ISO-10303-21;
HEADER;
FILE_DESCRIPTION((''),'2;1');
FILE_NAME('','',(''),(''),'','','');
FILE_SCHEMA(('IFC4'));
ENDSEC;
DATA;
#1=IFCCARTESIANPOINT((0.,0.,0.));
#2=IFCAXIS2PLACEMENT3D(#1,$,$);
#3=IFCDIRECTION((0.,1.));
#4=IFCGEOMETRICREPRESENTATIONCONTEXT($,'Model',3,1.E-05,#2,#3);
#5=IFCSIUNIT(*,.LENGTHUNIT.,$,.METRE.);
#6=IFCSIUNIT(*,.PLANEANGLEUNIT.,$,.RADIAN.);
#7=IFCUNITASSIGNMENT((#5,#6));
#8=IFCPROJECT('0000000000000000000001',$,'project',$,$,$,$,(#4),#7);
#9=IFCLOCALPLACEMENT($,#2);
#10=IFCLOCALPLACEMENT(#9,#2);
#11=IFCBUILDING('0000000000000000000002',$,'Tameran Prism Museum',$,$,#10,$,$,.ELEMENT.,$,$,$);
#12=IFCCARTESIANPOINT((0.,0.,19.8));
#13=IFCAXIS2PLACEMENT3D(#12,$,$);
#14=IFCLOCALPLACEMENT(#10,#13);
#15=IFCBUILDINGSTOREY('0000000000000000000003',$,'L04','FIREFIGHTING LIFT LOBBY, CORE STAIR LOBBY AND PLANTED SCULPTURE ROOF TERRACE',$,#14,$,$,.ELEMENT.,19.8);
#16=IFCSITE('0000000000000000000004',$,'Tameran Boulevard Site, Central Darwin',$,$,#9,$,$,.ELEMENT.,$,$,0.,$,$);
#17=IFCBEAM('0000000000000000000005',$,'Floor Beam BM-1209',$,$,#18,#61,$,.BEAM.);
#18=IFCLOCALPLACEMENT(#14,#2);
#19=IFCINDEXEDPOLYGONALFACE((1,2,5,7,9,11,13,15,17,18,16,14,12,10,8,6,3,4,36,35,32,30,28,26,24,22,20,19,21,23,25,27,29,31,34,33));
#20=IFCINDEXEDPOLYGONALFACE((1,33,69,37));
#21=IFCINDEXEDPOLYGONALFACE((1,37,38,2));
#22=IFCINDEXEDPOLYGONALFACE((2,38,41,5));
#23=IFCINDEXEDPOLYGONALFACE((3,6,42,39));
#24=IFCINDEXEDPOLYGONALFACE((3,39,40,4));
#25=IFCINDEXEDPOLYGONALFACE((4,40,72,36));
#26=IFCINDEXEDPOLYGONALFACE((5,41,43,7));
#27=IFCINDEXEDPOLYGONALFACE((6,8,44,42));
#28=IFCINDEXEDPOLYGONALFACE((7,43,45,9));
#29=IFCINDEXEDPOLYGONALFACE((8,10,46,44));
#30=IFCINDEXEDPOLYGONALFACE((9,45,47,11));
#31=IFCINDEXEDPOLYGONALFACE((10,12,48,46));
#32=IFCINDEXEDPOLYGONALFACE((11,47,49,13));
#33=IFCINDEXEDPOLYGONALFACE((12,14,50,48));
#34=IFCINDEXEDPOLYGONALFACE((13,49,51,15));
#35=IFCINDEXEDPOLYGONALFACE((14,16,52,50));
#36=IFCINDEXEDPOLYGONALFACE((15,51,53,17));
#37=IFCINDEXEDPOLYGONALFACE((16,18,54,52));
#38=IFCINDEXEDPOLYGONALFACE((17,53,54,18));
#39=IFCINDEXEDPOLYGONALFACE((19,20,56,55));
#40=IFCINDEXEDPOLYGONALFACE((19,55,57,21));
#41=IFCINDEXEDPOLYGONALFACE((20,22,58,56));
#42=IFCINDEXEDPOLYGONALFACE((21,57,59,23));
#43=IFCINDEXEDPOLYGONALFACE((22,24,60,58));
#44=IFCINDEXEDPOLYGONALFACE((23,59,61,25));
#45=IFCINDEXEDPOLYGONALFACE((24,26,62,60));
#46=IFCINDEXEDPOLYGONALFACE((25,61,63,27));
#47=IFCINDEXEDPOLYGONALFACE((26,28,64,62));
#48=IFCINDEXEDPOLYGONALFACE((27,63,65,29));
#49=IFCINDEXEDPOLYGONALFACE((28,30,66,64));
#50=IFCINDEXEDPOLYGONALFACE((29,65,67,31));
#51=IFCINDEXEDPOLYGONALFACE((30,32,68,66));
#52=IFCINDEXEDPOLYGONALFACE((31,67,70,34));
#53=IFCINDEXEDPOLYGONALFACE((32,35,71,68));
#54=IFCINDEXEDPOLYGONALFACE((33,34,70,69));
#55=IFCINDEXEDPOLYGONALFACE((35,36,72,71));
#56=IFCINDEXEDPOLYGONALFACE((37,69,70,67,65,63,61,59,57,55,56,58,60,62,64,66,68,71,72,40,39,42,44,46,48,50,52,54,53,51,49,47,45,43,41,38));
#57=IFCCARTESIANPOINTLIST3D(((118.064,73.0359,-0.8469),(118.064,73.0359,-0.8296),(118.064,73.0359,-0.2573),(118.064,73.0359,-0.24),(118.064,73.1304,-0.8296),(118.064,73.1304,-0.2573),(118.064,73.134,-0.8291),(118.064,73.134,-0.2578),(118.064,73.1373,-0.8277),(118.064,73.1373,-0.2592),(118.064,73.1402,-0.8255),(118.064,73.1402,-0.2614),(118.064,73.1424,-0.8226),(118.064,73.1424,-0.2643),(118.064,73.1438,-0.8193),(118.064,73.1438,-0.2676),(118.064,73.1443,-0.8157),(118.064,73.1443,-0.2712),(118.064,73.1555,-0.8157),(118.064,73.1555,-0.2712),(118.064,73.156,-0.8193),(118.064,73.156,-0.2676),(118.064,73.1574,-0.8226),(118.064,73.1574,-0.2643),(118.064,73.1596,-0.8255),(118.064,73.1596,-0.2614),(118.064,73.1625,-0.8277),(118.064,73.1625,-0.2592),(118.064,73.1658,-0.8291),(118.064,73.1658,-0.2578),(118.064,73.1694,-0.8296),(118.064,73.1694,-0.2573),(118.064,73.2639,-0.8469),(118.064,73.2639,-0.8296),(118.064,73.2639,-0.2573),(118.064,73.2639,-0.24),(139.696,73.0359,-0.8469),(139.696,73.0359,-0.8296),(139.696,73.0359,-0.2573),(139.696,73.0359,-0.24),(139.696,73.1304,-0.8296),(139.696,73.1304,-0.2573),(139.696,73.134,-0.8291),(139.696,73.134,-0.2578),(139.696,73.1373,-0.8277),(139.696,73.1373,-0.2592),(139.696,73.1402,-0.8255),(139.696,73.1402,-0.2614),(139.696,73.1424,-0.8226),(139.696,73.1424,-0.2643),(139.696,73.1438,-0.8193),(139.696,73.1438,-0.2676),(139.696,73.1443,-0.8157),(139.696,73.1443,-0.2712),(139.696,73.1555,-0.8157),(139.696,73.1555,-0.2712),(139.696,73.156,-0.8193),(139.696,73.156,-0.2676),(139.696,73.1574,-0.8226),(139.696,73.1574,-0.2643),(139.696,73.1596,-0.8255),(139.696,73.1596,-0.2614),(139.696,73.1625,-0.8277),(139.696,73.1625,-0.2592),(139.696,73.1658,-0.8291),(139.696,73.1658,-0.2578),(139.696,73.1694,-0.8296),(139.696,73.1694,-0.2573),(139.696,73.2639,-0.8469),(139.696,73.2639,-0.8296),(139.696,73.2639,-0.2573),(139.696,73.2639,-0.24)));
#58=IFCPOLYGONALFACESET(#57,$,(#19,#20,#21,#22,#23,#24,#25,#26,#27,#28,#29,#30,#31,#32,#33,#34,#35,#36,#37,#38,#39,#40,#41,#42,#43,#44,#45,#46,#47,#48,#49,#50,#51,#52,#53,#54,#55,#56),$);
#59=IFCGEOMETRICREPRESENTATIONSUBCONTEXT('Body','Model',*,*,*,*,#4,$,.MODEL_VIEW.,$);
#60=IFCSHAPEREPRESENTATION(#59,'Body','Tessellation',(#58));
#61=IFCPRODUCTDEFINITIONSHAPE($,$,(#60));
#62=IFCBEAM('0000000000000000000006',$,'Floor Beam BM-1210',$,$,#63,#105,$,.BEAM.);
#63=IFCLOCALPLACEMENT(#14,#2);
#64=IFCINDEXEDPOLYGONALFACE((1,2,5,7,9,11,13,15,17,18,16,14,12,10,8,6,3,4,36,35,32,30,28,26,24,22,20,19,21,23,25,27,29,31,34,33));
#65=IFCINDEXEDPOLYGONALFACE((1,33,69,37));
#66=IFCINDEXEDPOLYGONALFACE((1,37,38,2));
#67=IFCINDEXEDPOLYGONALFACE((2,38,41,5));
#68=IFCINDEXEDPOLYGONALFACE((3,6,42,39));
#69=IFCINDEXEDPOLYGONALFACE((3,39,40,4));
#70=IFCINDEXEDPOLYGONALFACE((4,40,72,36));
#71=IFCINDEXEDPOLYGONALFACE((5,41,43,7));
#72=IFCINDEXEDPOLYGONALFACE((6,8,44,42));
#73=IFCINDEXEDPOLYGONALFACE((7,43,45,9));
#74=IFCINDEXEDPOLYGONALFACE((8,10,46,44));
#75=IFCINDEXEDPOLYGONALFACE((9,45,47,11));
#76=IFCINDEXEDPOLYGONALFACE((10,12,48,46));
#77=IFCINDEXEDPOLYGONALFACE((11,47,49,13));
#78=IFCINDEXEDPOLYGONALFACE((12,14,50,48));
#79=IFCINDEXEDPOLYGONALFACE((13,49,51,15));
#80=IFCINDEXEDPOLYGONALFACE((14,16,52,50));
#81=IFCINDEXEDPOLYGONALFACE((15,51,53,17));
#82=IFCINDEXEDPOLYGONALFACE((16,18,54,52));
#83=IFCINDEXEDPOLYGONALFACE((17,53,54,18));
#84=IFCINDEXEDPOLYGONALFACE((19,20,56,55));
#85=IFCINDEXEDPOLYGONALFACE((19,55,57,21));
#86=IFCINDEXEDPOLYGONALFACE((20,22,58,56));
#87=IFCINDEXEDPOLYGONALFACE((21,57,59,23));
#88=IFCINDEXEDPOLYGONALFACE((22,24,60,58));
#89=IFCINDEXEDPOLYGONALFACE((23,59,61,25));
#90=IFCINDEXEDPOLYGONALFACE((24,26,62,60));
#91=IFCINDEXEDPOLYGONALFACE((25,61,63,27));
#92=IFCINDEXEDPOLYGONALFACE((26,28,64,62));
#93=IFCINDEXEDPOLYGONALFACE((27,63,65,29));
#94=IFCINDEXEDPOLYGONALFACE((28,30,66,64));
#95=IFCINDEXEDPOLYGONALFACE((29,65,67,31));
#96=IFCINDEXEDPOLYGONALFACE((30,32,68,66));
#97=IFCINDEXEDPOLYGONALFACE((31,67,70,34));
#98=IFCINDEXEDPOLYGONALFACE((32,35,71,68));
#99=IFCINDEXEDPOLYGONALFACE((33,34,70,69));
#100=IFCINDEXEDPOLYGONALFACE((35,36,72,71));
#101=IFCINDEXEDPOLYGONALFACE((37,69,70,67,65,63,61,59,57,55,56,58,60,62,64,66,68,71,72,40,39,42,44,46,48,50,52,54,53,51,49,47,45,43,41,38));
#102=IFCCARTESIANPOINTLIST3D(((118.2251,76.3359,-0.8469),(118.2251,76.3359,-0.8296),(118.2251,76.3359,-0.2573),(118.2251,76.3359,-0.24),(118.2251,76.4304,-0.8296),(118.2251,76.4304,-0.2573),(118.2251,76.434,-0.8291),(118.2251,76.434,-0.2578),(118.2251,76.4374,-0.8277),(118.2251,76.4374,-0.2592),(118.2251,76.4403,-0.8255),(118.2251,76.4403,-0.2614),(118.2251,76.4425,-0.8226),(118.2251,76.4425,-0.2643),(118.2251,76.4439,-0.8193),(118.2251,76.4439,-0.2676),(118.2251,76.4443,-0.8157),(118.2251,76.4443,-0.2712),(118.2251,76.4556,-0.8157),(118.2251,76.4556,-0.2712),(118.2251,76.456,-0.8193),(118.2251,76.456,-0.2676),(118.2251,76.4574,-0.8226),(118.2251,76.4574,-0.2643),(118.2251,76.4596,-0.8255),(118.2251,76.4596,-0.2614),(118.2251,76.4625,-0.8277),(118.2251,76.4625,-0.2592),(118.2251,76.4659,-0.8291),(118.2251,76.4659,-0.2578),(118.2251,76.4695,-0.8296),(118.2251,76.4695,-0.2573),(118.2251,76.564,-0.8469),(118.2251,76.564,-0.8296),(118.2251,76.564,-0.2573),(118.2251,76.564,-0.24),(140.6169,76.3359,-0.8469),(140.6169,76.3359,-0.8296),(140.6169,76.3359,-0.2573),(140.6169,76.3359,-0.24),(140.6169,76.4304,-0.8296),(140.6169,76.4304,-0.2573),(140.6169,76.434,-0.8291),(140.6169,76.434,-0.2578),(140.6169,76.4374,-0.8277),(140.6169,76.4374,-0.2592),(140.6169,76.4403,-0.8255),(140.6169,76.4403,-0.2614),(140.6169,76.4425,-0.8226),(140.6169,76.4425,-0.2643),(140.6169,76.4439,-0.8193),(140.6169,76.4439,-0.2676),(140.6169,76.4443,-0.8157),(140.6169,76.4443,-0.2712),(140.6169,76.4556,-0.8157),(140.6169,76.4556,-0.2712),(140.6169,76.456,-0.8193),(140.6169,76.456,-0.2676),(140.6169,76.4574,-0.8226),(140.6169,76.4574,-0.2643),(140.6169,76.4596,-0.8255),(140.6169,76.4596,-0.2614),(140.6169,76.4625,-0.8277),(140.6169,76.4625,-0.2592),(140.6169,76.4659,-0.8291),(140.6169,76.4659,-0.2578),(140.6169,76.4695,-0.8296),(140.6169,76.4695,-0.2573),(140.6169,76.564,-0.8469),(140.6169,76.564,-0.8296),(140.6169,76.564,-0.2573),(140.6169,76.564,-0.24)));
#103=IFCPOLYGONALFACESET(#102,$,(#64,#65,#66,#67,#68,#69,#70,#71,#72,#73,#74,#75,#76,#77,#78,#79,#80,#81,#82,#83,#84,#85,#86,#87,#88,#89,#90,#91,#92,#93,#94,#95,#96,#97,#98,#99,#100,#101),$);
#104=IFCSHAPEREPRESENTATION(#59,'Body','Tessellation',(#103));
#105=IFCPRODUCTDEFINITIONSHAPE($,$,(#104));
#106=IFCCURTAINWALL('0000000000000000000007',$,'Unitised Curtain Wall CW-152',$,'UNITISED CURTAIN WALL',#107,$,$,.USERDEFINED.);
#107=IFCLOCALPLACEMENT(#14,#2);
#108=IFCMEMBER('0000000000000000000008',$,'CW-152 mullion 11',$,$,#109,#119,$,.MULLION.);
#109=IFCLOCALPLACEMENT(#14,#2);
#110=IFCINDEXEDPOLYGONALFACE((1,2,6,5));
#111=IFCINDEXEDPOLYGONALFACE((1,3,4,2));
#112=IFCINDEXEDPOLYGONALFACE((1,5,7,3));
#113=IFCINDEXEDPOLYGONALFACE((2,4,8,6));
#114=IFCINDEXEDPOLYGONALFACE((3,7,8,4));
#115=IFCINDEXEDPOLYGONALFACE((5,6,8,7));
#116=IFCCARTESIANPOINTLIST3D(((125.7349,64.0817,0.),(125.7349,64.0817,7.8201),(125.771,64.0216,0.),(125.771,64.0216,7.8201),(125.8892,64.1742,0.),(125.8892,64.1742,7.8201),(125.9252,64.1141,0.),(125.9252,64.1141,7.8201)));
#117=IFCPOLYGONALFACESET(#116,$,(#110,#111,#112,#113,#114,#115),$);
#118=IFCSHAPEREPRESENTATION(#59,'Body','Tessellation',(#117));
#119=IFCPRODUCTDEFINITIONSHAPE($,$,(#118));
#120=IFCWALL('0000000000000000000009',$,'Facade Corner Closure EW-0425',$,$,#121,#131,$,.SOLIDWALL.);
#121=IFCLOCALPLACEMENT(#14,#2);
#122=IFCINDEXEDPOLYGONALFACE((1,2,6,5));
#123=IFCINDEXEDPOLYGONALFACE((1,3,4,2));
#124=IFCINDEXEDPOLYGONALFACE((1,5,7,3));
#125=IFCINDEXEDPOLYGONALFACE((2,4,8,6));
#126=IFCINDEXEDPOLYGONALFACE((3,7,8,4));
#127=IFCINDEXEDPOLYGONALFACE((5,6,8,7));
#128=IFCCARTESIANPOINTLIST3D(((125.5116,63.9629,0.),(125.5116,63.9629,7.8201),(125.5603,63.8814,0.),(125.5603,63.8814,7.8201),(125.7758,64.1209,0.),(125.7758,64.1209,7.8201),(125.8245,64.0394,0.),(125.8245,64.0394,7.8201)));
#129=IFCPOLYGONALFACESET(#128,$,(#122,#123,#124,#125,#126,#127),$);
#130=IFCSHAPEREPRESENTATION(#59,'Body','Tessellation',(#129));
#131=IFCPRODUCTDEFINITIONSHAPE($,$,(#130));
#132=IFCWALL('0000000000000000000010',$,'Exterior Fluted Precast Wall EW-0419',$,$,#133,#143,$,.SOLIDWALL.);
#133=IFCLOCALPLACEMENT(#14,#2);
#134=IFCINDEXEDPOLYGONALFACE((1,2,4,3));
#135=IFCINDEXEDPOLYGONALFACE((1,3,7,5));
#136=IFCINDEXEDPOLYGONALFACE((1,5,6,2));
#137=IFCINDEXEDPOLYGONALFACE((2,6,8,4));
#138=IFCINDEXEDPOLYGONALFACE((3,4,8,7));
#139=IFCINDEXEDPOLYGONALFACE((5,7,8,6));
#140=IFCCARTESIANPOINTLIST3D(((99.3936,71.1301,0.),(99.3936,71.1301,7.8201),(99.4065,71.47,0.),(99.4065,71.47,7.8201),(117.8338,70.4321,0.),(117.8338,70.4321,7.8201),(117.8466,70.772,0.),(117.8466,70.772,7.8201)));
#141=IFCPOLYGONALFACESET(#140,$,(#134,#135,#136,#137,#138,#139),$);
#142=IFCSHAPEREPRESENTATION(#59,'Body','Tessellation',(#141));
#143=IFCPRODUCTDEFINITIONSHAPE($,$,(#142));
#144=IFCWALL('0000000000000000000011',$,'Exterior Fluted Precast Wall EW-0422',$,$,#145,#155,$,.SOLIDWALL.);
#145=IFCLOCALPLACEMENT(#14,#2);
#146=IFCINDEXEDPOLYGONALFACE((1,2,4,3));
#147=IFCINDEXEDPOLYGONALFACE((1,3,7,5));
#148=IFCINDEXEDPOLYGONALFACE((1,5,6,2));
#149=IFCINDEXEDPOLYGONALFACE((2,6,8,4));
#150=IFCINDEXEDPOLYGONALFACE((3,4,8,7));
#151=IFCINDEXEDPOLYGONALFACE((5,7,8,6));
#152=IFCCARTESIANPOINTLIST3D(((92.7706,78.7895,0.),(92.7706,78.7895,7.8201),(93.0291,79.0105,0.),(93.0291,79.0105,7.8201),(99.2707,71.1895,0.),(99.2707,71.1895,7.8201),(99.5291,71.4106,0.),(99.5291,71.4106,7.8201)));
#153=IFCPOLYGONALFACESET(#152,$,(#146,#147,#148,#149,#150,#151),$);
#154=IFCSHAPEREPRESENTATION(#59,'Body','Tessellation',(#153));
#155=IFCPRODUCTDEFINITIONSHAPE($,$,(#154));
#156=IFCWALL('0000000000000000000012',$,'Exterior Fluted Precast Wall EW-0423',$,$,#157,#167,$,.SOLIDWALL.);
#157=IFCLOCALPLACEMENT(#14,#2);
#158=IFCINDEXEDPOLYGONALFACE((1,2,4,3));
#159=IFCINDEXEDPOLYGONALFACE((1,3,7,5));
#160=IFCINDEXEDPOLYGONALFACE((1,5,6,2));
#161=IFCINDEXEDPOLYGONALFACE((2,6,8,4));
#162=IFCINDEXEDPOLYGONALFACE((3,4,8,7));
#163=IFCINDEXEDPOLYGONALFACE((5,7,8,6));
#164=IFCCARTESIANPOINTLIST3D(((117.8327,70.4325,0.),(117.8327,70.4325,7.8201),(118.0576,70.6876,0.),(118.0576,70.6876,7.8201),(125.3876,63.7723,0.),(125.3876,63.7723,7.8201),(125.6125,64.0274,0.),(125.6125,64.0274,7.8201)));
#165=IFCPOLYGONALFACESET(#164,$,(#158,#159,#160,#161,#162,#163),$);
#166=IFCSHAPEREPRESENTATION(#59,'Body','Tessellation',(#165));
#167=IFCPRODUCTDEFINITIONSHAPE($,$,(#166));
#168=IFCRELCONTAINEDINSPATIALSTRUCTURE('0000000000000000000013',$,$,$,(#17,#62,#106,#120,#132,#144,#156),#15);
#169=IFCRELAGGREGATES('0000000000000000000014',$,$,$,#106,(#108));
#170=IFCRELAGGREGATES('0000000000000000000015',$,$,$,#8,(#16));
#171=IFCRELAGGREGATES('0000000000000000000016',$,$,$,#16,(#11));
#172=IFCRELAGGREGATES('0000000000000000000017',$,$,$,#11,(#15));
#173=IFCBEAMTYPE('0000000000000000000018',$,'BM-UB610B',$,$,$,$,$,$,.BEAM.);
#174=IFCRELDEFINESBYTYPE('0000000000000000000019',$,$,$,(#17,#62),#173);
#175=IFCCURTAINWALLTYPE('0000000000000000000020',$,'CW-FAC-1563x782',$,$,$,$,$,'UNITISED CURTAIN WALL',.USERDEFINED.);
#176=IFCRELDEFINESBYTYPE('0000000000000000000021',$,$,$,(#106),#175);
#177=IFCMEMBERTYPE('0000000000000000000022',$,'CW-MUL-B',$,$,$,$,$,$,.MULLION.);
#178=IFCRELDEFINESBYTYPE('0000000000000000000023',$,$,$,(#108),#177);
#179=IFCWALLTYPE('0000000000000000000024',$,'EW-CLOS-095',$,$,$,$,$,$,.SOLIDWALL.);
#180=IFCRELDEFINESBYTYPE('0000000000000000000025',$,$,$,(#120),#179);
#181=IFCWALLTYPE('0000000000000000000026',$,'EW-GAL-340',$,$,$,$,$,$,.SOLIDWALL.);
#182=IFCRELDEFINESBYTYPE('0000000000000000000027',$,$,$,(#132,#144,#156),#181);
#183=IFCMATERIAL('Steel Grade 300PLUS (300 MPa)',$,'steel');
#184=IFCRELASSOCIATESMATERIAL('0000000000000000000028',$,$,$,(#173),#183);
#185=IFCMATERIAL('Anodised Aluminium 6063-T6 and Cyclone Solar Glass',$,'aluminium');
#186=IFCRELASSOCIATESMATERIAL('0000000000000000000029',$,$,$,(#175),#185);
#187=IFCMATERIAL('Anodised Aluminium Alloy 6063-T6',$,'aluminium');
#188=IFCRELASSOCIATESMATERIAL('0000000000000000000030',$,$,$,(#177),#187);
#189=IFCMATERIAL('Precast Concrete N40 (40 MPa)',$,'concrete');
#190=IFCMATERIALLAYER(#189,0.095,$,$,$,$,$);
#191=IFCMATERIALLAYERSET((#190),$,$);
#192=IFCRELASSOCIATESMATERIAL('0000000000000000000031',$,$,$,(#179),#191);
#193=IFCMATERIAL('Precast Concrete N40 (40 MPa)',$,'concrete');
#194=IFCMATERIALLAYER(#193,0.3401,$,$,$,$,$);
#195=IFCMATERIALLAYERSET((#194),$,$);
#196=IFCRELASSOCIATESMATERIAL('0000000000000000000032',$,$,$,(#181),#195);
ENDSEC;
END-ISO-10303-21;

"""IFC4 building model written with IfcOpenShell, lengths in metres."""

from ifc_helpers import new_model, si_unit, direction, frame, frame_2d, origin, origin_2d, place, context, subcontext, project, spatial, rectangle, i_section, extrude, material, layer, layer_set, material_profile, profile_set, type_object, element, aggregate, save


model = new_model("IFC4")

# Units and contexts
model_context = context("Model", 3, precision=1e-05, world=origin(), true_north=direction((0.0, 1.0)))
body_context = subcontext(model_context, "Body", "Model", "MODEL_VIEW")
ifc_project = project(units=[si_unit("LENGTHUNIT", "METRE"), si_unit("PLANEANGLEUNIT", "RADIAN")], contexts=[model_context])

# Site, building, storey
site_placement = place(None, origin())
site = spatial("IfcSite", under=ifc_project, at=site_placement, Name="Tameran Boulevard Site, Central Darwin", CompositionType="ELEMENT", RefElevation=0.0)
building_placement = place(site_placement, origin())
building = spatial("IfcBuilding", under=site, at=building_placement, Name="Tameran Prism Museum", CompositionType="ELEMENT")
storey_placement = place(building_placement, frame((0.0, 0.0, 19.8)))
storey = spatial("IfcBuildingStorey", under=building, at=storey_placement, Name="L04", Description="FIREFIGHTING LIFT LOBBY, CORE STAIR LOBBY AND PLANTED SCULPTURE ROOF TERRACE", CompositionType="ELEMENT", Elevation=19.8)

# Beams
ifc_material_1 = material(Name="Steel Grade 300PLUS (300 MPa)", Category="steel")
ifc_material_profile_1 = material_profile(ifc_material_1, i_section(OverallWidth=0.228, OverallDepth=0.6069, WebThickness=0.0112, FlangeThickness=0.0173, FilletRadius=0.0139, at=origin_2d()))
ifc_profile_set_1 = profile_set([ifc_material_profile_1])
beam_type_1 = type_object("IfcBeamType", Name="BM-UB610B", PredefinedType="BEAM", material=ifc_profile_set_1)
beam_1_placement = place(storey_placement, frame((118.064, 73.1499, -0.5435), z_axis=(1.0, 0.0, 0.0), x_axis=(0.0, 1.0, 0.0)))
element("IfcBeam", 1, at=beam_1_placement, inside=storey, type_object=beam_type_1, Name="Floor Beam BM-1209", PredefinedType="BEAM", context=body_context, shape_type="SweptSolid", body=[
    extrude(i_section(OverallWidth=0.228, OverallDepth=0.6069, WebThickness=0.0112, FlangeThickness=0.0173, FilletRadius=0.0139, at=origin_2d()), origin(), (0.0, 0.0, 1.0), 21.6321),
])
beam_2_placement = place(storey_placement, frame((118.2251, 76.45, -0.5435), z_axis=(1.0, 0.0, 0.0), x_axis=(0.0, 1.0, 0.0)))
element("IfcBeam", 2, at=beam_2_placement, inside=storey, type_object=beam_type_1, Name="Floor Beam BM-1210", PredefinedType="BEAM", context=body_context, shape_type="SweptSolid", body=[
    extrude(i_section(OverallWidth=0.228, OverallDepth=0.6069, WebThickness=0.0112, FlangeThickness=0.0173, FilletRadius=0.0139, at=origin_2d()), origin(), (0.0, 0.0, 1.0), 22.3918),
])

# Curtain wall, member
ifc_material_2 = material(Name="Anodised Aluminium 6063-T6 and Cyclone Solar Glass", Category="aluminium")
curtain_wall_type = type_object("IfcCurtainWallType", Name="CW-FAC-1563x782", ElementType="UNITISED CURTAIN WALL", PredefinedType="USERDEFINED", material=ifc_material_2)
curtain_wall_placement = place(storey_placement, origin())
curtain_wall = element("IfcCurtainWall", 3, at=curtain_wall_placement, inside=storey, type_object=curtain_wall_type, Name="Unitised Curtain Wall CW-152", ObjectType="UNITISED CURTAIN WALL", PredefinedType="USERDEFINED")
ifc_material_3 = material(Name="Anodised Aluminium Alloy 6063-T6", Category="aluminium")
ifc_material_profile_2 = material_profile(ifc_material_3, rectangle(XDim=0.0701, YDim=0.1799, at=origin_2d()))
ifc_profile_set_2 = profile_set([ifc_material_profile_2])
member_type = type_object("IfcMemberType", Name="CW-MUL-B", PredefinedType="MULLION", material=ifc_profile_set_2)
member_placement = place(storey_placement, frame((125.8301, 64.0979, 0.0), z_axis=(0.0, 0.0, 1.0), x_axis=(0.514496, -0.857493, 0.0)))
member = element("IfcMember", 4, at=member_placement, type_object=member_type, Name="CW-152 mullion 11", PredefinedType="MULLION", context=body_context, shape_type="SweptSolid", body=[
    extrude(rectangle(XDim=0.0701, YDim=0.1799, at=origin_2d()), origin(), (0.0, 0.0, 1.0), 7.8201),
])
aggregate(curtain_wall, [member])

# Walls
ifc_material_4 = material(Name="Precast Concrete N40 (40 MPa)", Category="concrete")
ifc_layer_1 = layer(ifc_material_4, 0.095)
ifc_layer_set_1 = layer_set([ifc_layer_1])
wall_type_1 = type_object("IfcWallType", Name="EW-CLOS-095", PredefinedType="SOLIDWALL", material=ifc_layer_set_1)
wall_1_placement = place(storey_placement, frame((125.8, 64.0801, 0.0), z_axis=(0.0, 0.0, 1.0), x_axis=(-0.858262, -0.513212, 0.0)))
element("IfcWall", 5, at=wall_1_placement, inside=storey, type_object=wall_type_1, Name="Facade Corner Closure EW-0425", PredefinedType="SOLIDWALL", context=body_context, shape_type="SweptSolid", body=[
    extrude(rectangle(XDim=0.3079, YDim=0.095, at=frame_2d((0.1538, 0.0))), origin(), (0.0, 0.0, 1.0), 7.8201),
])
ifc_material_5 = material(Name="Precast Concrete N40 (40 MPa)", Category="concrete")
ifc_layer_2 = layer(ifc_material_5, 0.3401)
ifc_layer_set_2 = layer_set([ifc_layer_2])
wall_type_2 = type_object("IfcWallType", Name="EW-GAL-340", PredefinedType="SOLIDWALL", material=ifc_layer_set_2)
wall_2_placement = place(storey_placement, frame((117.8401, 70.6021, 0.0), z_axis=(0.0, 0.0, 1.0), x_axis=(-0.999284, 0.037825, 0.0)))
element("IfcWall", 6, at=wall_2_placement, inside=storey, type_object=wall_type_2, Name="Exterior Fluted Precast Wall EW-0419", PredefinedType="SOLIDWALL", context=body_context, shape_type="SweptSolid", body=[
    extrude(rectangle(XDim=18.4534, YDim=0.3401, at=frame_2d((9.2266, 0.0))), origin(), (0.0, 0.0, 1.0), 7.8201),
])
wall_3_placement = place(storey_placement, frame((99.3999, 71.3, 0.0), z_axis=(0.0, 0.0, 1.0), x_axis=(-0.649975, 0.759956, 0.0)))
element("IfcWall", 7, at=wall_3_placement, inside=storey, type_object=wall_type_2, Name="Exterior Fluted Precast Wall EW-0422", PredefinedType="SOLIDWALL", context=body_context, shape_type="SweptSolid", body=[
    extrude(rectangle(XDim=10.0005, YDim=0.3401, at=frame_2d((5.0002, 0.0))), origin(), (0.0, 0.0, 1.0), 7.8201),
])
wall_4_placement = place(storey_placement, frame((125.5, 63.8999, 0.0), z_axis=(0.0, 0.0, 1.0), x_axis=(-0.750131, 0.661289, 0.0)))
element("IfcWall", 8, at=wall_4_placement, inside=storey, type_object=wall_type_2, Name="Exterior Fluted Precast Wall EW-0423", PredefinedType="SOLIDWALL", context=body_context, shape_type="SweptSolid", body=[
    extrude(rectangle(XDim=10.0715, YDim=0.3401, at=frame_2d((5.0356, 0.0))), origin(), (0.0, 0.0, 1.0), 7.8201),
])

save(model, "model.ifc")
